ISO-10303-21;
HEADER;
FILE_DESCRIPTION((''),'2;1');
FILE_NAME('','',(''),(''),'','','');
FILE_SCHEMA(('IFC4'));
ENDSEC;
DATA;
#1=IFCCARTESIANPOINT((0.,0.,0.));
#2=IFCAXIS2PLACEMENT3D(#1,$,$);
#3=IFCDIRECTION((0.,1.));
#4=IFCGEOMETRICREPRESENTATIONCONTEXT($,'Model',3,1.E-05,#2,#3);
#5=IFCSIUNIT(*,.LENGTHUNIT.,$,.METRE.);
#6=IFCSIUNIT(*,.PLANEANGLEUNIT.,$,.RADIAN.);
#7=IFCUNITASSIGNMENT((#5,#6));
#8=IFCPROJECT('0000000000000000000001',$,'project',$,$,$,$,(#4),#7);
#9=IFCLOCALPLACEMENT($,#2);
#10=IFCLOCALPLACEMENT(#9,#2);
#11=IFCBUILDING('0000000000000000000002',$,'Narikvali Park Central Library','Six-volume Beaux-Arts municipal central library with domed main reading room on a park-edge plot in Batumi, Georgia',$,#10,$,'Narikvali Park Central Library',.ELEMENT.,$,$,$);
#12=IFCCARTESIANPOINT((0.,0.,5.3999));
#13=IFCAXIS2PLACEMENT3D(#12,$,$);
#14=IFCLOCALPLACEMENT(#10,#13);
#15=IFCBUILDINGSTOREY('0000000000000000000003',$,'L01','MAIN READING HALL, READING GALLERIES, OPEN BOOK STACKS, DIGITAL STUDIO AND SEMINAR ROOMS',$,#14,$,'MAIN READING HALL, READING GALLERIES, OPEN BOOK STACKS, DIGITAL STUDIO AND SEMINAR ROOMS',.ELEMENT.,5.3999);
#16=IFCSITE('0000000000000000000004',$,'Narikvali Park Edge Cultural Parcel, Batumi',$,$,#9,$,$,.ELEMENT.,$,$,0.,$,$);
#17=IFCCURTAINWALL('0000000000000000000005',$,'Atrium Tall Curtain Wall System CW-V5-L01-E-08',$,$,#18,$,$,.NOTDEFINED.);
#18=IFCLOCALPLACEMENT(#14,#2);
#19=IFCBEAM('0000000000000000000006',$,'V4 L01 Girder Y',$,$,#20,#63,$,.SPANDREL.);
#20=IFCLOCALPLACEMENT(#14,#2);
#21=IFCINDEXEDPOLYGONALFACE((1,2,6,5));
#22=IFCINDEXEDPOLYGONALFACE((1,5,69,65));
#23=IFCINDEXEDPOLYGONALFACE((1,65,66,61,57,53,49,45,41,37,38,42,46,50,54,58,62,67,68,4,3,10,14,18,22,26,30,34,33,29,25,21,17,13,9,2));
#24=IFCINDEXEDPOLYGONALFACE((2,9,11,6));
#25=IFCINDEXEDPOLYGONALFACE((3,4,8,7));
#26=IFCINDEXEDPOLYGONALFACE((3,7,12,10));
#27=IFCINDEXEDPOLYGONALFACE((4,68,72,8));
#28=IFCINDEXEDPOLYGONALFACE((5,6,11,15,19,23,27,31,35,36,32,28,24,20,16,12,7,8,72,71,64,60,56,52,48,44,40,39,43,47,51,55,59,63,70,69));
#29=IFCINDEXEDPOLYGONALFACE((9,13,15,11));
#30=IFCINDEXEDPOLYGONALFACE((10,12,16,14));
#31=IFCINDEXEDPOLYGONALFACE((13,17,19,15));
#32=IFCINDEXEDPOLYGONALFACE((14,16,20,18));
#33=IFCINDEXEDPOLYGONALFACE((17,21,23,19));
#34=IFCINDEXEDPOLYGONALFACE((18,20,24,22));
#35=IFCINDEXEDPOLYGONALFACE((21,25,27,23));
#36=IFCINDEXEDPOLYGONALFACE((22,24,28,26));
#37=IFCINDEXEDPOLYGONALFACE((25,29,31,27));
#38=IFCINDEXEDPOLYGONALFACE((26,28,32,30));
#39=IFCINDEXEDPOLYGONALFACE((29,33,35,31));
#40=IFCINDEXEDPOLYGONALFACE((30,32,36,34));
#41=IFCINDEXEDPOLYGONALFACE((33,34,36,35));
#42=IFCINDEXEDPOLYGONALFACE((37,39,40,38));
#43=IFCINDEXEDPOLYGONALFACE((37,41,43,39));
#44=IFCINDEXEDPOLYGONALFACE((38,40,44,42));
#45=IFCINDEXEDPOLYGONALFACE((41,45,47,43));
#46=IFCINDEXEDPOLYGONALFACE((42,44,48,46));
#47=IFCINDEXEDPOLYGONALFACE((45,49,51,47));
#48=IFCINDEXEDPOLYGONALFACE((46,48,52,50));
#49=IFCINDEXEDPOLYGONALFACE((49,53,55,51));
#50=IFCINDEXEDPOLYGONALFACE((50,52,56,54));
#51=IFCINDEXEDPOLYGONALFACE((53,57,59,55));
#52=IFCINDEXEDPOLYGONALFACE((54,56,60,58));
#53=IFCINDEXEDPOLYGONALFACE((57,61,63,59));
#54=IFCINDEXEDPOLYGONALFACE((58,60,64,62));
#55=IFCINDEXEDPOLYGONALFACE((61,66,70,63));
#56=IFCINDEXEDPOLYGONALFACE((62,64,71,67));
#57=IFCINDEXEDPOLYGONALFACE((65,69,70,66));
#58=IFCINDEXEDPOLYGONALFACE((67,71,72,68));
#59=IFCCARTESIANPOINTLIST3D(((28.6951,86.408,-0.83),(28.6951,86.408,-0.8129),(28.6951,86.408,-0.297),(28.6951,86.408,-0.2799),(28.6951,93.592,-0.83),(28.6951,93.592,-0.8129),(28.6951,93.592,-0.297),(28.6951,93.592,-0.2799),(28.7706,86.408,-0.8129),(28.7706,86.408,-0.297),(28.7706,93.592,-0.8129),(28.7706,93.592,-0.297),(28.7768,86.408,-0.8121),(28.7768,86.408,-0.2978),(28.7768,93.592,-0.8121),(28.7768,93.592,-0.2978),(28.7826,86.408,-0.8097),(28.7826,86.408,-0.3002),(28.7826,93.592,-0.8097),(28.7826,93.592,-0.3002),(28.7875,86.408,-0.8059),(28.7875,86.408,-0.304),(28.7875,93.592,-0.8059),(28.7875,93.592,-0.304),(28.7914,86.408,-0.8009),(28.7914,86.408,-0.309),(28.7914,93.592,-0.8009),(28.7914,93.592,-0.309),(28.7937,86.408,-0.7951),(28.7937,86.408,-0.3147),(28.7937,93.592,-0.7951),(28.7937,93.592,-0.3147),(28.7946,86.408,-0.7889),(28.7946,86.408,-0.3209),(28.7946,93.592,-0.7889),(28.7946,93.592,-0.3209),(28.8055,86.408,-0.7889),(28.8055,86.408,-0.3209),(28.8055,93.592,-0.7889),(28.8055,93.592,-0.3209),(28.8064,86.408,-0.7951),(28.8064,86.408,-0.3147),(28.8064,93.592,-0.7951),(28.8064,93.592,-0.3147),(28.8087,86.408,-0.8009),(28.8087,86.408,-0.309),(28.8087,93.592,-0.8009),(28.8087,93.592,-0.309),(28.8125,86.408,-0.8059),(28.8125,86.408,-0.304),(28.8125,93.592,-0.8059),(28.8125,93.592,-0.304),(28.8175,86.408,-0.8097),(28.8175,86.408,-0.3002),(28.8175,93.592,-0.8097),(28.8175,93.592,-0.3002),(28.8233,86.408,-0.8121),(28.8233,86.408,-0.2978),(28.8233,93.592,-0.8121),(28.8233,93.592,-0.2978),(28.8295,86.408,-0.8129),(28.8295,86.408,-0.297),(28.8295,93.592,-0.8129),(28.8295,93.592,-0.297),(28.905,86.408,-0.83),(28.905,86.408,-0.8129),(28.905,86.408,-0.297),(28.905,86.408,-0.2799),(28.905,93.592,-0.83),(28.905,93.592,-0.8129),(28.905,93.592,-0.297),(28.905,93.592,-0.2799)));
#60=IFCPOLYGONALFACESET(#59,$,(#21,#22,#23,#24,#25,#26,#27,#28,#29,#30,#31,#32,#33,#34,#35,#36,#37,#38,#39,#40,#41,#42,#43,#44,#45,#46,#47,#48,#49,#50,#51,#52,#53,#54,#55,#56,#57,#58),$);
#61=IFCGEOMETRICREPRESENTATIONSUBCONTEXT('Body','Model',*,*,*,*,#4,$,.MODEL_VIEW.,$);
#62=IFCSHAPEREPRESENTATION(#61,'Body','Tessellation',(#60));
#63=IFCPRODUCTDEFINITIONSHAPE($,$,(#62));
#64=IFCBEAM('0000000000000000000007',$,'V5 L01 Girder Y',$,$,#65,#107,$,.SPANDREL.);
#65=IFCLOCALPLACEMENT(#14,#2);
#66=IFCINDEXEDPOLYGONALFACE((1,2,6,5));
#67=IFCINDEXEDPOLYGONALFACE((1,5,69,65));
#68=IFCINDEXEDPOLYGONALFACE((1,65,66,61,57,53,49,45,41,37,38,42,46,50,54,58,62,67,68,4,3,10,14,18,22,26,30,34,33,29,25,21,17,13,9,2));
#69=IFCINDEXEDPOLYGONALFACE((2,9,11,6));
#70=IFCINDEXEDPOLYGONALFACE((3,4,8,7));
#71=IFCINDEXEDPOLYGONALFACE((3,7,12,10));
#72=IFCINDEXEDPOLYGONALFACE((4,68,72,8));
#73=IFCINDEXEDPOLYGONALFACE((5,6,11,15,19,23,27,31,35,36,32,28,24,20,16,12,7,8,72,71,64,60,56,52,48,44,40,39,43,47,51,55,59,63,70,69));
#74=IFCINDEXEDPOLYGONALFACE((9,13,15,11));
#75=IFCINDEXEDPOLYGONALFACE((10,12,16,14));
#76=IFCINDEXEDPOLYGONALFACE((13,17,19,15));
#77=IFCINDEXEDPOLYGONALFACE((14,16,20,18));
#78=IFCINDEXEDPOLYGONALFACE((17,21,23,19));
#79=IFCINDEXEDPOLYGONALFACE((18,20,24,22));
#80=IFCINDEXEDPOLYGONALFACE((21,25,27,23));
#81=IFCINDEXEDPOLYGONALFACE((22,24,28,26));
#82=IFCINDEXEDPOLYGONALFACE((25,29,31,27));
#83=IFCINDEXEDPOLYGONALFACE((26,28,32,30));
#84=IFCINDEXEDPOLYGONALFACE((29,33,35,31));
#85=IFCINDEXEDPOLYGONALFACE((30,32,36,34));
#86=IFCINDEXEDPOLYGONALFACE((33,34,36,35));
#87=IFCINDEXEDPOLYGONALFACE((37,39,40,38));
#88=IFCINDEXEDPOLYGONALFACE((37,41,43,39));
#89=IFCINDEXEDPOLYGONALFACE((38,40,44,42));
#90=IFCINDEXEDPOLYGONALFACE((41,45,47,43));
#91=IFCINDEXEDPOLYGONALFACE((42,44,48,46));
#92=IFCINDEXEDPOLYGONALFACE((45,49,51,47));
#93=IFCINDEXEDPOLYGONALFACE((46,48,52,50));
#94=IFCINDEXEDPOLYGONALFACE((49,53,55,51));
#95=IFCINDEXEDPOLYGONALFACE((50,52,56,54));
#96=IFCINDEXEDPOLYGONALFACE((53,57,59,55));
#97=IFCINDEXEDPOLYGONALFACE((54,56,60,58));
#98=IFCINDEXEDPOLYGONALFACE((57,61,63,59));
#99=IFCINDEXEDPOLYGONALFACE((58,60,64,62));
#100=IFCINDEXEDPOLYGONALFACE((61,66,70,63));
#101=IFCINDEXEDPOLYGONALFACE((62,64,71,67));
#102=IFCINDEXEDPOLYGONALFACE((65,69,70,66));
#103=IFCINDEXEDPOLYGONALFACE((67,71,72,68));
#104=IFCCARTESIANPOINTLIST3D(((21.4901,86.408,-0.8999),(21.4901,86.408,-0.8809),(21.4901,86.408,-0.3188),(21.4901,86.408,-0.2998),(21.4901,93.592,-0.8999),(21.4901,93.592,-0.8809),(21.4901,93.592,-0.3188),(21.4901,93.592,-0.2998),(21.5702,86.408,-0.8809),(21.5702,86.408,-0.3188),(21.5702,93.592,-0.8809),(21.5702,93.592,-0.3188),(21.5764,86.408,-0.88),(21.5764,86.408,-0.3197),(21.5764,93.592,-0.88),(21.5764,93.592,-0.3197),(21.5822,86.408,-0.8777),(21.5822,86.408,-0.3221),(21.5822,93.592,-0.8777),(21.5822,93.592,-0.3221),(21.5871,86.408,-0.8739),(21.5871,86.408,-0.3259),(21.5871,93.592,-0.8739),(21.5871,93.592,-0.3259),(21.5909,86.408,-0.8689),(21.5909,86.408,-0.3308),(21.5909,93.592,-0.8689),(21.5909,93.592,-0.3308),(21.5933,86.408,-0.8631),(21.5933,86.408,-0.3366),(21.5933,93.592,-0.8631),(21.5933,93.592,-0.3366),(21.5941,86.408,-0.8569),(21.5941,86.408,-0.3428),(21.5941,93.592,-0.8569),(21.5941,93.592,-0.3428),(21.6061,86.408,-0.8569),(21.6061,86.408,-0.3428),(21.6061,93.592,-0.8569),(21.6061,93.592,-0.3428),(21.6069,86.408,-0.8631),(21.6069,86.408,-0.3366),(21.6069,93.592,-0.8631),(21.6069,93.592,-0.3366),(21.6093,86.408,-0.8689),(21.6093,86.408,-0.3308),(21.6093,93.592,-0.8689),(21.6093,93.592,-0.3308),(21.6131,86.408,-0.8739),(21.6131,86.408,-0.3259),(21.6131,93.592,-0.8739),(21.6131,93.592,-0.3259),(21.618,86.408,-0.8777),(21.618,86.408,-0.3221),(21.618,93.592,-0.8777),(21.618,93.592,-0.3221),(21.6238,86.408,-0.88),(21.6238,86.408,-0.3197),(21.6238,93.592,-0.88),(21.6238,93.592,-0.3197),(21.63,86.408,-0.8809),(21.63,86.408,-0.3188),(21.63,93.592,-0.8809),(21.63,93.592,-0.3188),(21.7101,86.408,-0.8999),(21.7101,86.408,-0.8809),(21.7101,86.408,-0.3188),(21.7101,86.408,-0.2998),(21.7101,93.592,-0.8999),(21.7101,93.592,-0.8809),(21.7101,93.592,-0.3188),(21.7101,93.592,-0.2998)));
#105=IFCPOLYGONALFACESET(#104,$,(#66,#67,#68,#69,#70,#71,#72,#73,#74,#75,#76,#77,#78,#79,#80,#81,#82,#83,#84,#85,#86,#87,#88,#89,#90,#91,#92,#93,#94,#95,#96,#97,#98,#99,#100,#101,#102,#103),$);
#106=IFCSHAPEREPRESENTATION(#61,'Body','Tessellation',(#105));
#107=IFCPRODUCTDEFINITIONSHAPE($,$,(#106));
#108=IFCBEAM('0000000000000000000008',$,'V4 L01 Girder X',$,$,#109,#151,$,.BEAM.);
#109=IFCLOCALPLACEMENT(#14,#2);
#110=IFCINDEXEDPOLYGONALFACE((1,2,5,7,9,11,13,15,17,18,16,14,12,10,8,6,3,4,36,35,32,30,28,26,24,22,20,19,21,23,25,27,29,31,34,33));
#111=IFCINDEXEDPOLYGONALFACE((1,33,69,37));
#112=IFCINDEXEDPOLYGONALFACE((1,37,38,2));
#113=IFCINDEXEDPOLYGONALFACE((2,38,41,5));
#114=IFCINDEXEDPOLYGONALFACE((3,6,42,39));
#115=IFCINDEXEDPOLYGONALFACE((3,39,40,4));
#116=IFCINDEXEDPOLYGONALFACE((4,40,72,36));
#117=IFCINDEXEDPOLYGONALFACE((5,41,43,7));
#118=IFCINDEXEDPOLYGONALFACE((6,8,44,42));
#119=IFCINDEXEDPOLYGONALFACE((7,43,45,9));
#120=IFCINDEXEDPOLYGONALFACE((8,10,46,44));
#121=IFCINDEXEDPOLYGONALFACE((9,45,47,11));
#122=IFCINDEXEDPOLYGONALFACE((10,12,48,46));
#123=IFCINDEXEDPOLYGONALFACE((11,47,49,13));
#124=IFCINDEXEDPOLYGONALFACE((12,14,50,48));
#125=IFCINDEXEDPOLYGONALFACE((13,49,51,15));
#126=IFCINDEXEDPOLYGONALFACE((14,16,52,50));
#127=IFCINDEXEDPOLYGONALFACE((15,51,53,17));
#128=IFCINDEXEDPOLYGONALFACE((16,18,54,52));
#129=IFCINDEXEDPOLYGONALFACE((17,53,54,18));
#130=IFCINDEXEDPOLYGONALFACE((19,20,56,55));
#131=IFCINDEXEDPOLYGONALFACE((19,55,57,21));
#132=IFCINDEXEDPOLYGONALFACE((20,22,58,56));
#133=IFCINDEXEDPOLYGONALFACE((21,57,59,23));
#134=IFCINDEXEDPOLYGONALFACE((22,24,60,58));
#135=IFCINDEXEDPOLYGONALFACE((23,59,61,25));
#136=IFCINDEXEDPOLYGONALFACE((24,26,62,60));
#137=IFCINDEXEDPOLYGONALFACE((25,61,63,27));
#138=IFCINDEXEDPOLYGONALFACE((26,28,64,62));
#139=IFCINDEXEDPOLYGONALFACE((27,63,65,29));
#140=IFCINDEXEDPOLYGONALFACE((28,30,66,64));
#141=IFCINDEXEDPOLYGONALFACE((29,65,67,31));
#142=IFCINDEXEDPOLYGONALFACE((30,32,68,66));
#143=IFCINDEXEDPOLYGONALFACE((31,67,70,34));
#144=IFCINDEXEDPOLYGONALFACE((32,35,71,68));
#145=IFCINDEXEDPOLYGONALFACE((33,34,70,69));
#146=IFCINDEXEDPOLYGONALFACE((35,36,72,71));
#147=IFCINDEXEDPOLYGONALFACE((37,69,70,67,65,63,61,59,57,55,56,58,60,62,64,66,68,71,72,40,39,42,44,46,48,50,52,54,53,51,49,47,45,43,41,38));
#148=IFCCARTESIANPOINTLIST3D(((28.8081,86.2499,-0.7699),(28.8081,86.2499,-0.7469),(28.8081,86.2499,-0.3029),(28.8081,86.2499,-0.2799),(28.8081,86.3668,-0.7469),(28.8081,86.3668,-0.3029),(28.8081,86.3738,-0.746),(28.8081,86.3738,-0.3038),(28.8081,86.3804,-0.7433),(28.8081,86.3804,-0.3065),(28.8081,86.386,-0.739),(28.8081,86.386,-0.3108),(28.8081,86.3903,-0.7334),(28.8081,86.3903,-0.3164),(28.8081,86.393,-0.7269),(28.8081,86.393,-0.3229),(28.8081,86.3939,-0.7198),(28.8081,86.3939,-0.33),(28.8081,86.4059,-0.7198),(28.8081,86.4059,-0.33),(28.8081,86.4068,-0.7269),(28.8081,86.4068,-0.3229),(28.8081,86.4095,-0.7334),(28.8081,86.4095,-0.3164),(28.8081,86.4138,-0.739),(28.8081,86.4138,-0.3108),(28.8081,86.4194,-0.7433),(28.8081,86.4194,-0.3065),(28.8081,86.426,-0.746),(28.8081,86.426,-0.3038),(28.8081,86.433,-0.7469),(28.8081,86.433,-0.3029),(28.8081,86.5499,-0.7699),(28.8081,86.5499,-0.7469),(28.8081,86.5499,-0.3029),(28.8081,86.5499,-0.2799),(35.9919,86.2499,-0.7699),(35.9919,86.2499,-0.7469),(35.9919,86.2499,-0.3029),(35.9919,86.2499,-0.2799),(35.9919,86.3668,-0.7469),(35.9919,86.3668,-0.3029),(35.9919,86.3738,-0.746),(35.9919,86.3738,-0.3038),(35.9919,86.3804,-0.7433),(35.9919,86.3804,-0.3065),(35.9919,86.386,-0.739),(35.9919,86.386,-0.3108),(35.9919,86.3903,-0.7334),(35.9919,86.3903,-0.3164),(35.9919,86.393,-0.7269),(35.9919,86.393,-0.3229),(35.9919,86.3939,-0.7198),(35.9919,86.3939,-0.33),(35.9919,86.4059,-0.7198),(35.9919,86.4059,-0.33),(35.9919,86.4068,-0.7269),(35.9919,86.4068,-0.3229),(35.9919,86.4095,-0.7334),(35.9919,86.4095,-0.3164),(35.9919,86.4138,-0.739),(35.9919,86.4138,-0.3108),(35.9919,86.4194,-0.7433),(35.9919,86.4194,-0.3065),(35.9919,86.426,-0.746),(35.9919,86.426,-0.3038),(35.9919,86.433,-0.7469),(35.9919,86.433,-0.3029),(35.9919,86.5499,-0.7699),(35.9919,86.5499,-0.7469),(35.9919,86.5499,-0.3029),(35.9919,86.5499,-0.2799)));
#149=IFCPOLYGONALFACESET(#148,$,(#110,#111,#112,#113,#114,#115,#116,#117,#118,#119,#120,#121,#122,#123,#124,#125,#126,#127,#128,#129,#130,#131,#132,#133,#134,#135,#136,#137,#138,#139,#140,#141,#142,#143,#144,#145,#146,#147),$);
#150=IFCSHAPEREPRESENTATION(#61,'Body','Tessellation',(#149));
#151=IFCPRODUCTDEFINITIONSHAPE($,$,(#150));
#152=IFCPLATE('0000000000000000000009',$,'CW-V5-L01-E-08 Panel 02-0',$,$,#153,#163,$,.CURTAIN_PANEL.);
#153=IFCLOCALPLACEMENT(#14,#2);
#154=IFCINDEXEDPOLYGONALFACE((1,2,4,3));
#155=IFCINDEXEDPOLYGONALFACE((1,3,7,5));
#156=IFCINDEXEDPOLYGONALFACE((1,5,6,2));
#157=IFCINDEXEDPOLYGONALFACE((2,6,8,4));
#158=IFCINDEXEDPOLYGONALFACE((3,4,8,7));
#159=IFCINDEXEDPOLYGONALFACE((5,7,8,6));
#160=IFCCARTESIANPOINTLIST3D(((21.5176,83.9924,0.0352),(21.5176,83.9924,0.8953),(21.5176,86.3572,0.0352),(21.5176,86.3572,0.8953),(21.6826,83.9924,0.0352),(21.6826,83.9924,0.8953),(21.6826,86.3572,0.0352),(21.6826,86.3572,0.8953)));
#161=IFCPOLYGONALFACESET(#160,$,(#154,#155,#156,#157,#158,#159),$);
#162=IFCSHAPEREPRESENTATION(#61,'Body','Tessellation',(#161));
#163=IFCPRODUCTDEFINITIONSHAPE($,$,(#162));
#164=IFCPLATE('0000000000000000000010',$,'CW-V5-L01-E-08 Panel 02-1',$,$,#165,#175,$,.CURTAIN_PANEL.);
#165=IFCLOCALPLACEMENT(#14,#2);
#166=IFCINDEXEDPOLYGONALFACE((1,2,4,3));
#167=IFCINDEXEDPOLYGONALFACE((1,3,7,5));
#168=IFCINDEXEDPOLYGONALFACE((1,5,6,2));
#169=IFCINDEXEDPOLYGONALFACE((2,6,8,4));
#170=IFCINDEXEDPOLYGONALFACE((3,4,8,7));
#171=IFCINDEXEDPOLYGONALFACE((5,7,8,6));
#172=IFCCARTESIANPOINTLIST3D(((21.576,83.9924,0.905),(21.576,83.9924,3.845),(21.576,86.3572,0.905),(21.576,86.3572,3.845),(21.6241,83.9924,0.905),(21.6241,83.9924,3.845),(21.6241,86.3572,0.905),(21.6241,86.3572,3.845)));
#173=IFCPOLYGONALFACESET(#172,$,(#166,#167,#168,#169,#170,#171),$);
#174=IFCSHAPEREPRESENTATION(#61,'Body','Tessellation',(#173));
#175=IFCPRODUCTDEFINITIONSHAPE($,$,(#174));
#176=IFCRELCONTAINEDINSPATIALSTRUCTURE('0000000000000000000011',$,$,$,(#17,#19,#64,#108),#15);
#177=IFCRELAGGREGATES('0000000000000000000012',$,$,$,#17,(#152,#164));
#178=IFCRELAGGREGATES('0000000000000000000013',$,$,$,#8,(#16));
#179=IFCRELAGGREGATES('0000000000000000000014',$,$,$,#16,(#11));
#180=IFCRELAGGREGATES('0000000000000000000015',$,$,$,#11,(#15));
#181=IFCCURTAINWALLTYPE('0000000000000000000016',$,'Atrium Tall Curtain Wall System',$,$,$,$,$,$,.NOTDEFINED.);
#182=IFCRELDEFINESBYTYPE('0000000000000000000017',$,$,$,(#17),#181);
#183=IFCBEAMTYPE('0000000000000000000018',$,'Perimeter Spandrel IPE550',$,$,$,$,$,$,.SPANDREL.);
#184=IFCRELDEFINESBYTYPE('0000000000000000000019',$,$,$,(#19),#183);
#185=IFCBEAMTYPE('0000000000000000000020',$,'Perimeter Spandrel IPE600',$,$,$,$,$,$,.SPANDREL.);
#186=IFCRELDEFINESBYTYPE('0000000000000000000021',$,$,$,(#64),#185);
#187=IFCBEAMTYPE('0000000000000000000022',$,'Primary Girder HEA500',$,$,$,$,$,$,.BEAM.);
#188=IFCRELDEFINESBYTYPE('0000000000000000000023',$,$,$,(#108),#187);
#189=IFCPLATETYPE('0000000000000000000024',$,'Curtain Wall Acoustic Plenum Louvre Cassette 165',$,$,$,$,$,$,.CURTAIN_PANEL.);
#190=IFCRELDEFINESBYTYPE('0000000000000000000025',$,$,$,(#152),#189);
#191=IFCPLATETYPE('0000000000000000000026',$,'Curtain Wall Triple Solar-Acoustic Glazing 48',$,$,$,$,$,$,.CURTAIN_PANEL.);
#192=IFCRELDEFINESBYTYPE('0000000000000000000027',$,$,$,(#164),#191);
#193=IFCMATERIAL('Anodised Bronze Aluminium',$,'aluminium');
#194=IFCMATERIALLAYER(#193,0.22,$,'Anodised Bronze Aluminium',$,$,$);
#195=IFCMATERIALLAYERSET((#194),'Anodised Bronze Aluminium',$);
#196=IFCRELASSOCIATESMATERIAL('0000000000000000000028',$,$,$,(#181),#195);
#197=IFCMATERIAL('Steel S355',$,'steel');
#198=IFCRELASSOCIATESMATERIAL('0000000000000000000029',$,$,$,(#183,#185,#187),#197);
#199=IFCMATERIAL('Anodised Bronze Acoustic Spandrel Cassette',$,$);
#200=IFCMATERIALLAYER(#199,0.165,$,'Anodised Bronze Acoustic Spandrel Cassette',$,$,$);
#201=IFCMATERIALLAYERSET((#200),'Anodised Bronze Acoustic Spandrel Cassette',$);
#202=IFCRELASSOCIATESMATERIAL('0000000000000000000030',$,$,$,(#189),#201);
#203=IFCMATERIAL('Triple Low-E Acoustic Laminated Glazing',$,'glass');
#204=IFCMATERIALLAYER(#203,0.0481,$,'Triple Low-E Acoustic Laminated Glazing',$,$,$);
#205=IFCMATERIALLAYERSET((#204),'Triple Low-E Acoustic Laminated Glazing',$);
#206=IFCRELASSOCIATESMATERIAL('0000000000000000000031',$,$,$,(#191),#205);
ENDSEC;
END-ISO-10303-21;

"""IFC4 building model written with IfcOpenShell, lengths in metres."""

from ifc_helpers import new_model, si_unit, direction, frame, origin, origin_2d, place, context, subcontext, project, spatial, rectangle, i_section, extrude, material, layer, layer_set, material_profile, profile_set, type_object, element, aggregate, save


model = new_model("IFC4")

# Units and contexts
model_context = context("Model", 3, precision=1e-05, world=origin(), true_north=direction((0.0, 1.0)))
body_context = subcontext(model_context, "Body", "Model", "MODEL_VIEW")
ifc_project = project(units=[si_unit("LENGTHUNIT", "METRE"), si_unit("PLANEANGLEUNIT", "RADIAN")], contexts=[model_context])

# Site, building, storey
site_placement = place(None, origin())
site = spatial("IfcSite", under=ifc_project, at=site_placement, Name="Narikvali Park Edge Cultural Parcel, Batumi", CompositionType="ELEMENT", RefElevation=0.0)
building_placement = place(site_placement, origin())
building = spatial("IfcBuilding", under=site, at=building_placement, Name="Narikvali Park Central Library", Description="Six-volume Beaux-Arts municipal central library with domed main reading room on a park-edge plot in Batumi, Georgia", LongName="Narikvali Park Central Library", CompositionType="ELEMENT")
storey_placement = place(building_placement, frame((0.0, 0.0, 5.3999)))
storey = spatial("IfcBuildingStorey", under=building, at=storey_placement, Name="L01", Description="MAIN READING HALL, READING GALLERIES, OPEN BOOK STACKS, DIGITAL STUDIO AND SEMINAR ROOMS", LongName="MAIN READING HALL, READING GALLERIES, OPEN BOOK STACKS, DIGITAL STUDIO AND SEMINAR ROOMS", CompositionType="ELEMENT", Elevation=5.3999)

# Shared definitions
ifc_material_1 = material(Name="Steel S355", Category="steel")

# Curtain wall
ifc_material_2 = material(Name="Anodised Bronze Aluminium", Category="aluminium")
ifc_layer_1 = layer(ifc_material_2, 0.22, Name="Anodised Bronze Aluminium")
ifc_layer_set_1 = layer_set([ifc_layer_1], Name="Anodised Bronze Aluminium")
curtain_wall_type = type_object("IfcCurtainWallType", Name="Atrium Tall Curtain Wall System", PredefinedType="NOTDEFINED", material=ifc_layer_set_1)
curtain_wall_placement = place(storey_placement, origin())
curtain_wall = element("IfcCurtainWall", 1, at=curtain_wall_placement, inside=storey, type_object=curtain_wall_type, Name="Atrium Tall Curtain Wall System CW-V5-L01-E-08", PredefinedType="NOTDEFINED")

# Beams
ifc_material_profile_1 = material_profile(ifc_material_1, i_section(OverallWidth=0.21, OverallDepth=0.55, WebThickness=0.011, FlangeThickness=0.0171, FilletRadius=0.0239, at=origin_2d()), Name="IPE 550")
ifc_profile_set_1 = profile_set([ifc_material_profile_1], Name="Steel S355")
beam_type_1 = type_object("IfcBeamType", Name="Perimeter Spandrel IPE550", PredefinedType="SPANDREL", material=ifc_profile_set_1)
beam_1_placement = place(storey_placement, frame((28.8, 86.408, -0.5549), z_axis=(0.0, 1.0, 0.0), x_axis=(-1.0, 0.0, 0.0)))
element("IfcBeam", 2, at=beam_1_placement, inside=storey, type_object=beam_type_1, Name="V4 L01 Girder Y", PredefinedType="SPANDREL", context=body_context, shape_type="SweptSolid", body=[
    extrude(i_section(OverallWidth=0.21, OverallDepth=0.55, WebThickness=0.011, FlangeThickness=0.0171, FilletRadius=0.0239, at=origin_2d()), origin(), (0.0, 0.0, 1.0), 7.1841),
])
ifc_material_profile_2 = material_profile(ifc_material_1, i_section(OverallWidth=0.22, OverallDepth=0.6001, WebThickness=0.012, FlangeThickness=0.019, FilletRadius=0.0239, at=origin_2d()), Name="IPE 600")
ifc_profile_set_2 = profile_set([ifc_material_profile_2], Name="Steel S355")
beam_type_2 = type_object("IfcBeamType", Name="Perimeter Spandrel IPE600", PredefinedType="SPANDREL", material=ifc_profile_set_2)
beam_2_placement = place(storey_placement, frame((21.6001, 86.408, -0.5999), z_axis=(0.0, 1.0, 0.0), x_axis=(-1.0, 0.0, 0.0)))
element("IfcBeam", 3, at=beam_2_placement, inside=storey, type_object=beam_type_2, Name="V5 L01 Girder Y", PredefinedType="SPANDREL", context=body_context, shape_type="SweptSolid", body=[
    extrude(i_section(OverallWidth=0.22, OverallDepth=0.6001, WebThickness=0.012, FlangeThickness=0.019, FilletRadius=0.0239, at=origin_2d()), origin(), (0.0, 0.0, 1.0), 7.1841),
])
ifc_material_profile_3 = material_profile(ifc_material_1, i_section(OverallWidth=0.3, OverallDepth=0.49, WebThickness=0.012, FlangeThickness=0.0229, FilletRadius=0.0271, at=origin_2d()), Name="HEA 500")
ifc_profile_set_3 = profile_set([ifc_material_profile_3], Name="Steel S355")
beam_type_3 = type_object("IfcBeamType", Name="Primary Girder HEA500", PredefinedType="BEAM", material=ifc_profile_set_3)
beam_3_placement = place(storey_placement, frame((28.8081, 86.3999, -0.5249), z_axis=(1.0, 0.0, 0.0), x_axis=(0.0, 1.0, 0.0)))
element("IfcBeam", 4, at=beam_3_placement, inside=storey, type_object=beam_type_3, Name="V4 L01 Girder X", PredefinedType="BEAM", context=body_context, shape_type="SweptSolid", body=[
    extrude(i_section(OverallWidth=0.3, OverallDepth=0.49, WebThickness=0.012, FlangeThickness=0.0229, FilletRadius=0.0271, at=origin_2d()), origin(), (0.0, 0.0, 1.0), 7.1838),
])

# Plates
ifc_material_3 = material(Name="Anodised Bronze Acoustic Spandrel Cassette")
ifc_layer_2 = layer(ifc_material_3, 0.165, Name="Anodised Bronze Acoustic Spandrel Cassette")
ifc_layer_set_2 = layer_set([ifc_layer_2], Name="Anodised Bronze Acoustic Spandrel Cassette")
plate_type_1 = type_object("IfcPlateType", Name="Curtain Wall Acoustic Plenum Louvre Cassette 165", PredefinedType="CURTAIN_PANEL", material=ifc_layer_set_2)
plate_1_placement = place(storey_placement, frame((21.6001, 85.1748, 0.0352), z_axis=(0.0, 0.0, 1.0), x_axis=(0.0, 1.0, 0.0)))
plate_1 = element("IfcPlate", 5, at=plate_1_placement, type_object=plate_type_1, Name="CW-V5-L01-E-08 Panel 02-0", PredefinedType="CURTAIN_PANEL", context=body_context, shape_type="SweptSolid", body=[
    extrude(rectangle(XDim=2.3647, YDim=0.165, at=origin_2d()), origin(), (0.0, 0.0, 1.0), 0.8601),
])
ifc_material_4 = material(Name="Triple Low-E Acoustic Laminated Glazing", Category="glass")
ifc_layer_3 = layer(ifc_material_4, 0.0481, Name="Triple Low-E Acoustic Laminated Glazing")
ifc_layer_set_3 = layer_set([ifc_layer_3], Name="Triple Low-E Acoustic Laminated Glazing")
plate_type_2 = type_object("IfcPlateType", Name="Curtain Wall Triple Solar-Acoustic Glazing 48", PredefinedType="CURTAIN_PANEL", material=ifc_layer_set_3)
plate_2_placement = place(storey_placement, frame((21.6001, 85.1748, 0.905), z_axis=(0.0, 0.0, 1.0), x_axis=(0.0, 1.0, 0.0)))
plate_2 = element("IfcPlate", 6, at=plate_2_placement, type_object=plate_type_2, Name="CW-V5-L01-E-08 Panel 02-1", PredefinedType="CURTAIN_PANEL", context=body_context, shape_type="SweptSolid", body=[
    extrude(rectangle(XDim=2.3647, YDim=0.0481, at=origin_2d()), origin(), (0.0, 0.0, 1.0), 2.9399),
])
aggregate(curtain_wall, [plate_1, plate_2])

save(model, "model.ifc")
